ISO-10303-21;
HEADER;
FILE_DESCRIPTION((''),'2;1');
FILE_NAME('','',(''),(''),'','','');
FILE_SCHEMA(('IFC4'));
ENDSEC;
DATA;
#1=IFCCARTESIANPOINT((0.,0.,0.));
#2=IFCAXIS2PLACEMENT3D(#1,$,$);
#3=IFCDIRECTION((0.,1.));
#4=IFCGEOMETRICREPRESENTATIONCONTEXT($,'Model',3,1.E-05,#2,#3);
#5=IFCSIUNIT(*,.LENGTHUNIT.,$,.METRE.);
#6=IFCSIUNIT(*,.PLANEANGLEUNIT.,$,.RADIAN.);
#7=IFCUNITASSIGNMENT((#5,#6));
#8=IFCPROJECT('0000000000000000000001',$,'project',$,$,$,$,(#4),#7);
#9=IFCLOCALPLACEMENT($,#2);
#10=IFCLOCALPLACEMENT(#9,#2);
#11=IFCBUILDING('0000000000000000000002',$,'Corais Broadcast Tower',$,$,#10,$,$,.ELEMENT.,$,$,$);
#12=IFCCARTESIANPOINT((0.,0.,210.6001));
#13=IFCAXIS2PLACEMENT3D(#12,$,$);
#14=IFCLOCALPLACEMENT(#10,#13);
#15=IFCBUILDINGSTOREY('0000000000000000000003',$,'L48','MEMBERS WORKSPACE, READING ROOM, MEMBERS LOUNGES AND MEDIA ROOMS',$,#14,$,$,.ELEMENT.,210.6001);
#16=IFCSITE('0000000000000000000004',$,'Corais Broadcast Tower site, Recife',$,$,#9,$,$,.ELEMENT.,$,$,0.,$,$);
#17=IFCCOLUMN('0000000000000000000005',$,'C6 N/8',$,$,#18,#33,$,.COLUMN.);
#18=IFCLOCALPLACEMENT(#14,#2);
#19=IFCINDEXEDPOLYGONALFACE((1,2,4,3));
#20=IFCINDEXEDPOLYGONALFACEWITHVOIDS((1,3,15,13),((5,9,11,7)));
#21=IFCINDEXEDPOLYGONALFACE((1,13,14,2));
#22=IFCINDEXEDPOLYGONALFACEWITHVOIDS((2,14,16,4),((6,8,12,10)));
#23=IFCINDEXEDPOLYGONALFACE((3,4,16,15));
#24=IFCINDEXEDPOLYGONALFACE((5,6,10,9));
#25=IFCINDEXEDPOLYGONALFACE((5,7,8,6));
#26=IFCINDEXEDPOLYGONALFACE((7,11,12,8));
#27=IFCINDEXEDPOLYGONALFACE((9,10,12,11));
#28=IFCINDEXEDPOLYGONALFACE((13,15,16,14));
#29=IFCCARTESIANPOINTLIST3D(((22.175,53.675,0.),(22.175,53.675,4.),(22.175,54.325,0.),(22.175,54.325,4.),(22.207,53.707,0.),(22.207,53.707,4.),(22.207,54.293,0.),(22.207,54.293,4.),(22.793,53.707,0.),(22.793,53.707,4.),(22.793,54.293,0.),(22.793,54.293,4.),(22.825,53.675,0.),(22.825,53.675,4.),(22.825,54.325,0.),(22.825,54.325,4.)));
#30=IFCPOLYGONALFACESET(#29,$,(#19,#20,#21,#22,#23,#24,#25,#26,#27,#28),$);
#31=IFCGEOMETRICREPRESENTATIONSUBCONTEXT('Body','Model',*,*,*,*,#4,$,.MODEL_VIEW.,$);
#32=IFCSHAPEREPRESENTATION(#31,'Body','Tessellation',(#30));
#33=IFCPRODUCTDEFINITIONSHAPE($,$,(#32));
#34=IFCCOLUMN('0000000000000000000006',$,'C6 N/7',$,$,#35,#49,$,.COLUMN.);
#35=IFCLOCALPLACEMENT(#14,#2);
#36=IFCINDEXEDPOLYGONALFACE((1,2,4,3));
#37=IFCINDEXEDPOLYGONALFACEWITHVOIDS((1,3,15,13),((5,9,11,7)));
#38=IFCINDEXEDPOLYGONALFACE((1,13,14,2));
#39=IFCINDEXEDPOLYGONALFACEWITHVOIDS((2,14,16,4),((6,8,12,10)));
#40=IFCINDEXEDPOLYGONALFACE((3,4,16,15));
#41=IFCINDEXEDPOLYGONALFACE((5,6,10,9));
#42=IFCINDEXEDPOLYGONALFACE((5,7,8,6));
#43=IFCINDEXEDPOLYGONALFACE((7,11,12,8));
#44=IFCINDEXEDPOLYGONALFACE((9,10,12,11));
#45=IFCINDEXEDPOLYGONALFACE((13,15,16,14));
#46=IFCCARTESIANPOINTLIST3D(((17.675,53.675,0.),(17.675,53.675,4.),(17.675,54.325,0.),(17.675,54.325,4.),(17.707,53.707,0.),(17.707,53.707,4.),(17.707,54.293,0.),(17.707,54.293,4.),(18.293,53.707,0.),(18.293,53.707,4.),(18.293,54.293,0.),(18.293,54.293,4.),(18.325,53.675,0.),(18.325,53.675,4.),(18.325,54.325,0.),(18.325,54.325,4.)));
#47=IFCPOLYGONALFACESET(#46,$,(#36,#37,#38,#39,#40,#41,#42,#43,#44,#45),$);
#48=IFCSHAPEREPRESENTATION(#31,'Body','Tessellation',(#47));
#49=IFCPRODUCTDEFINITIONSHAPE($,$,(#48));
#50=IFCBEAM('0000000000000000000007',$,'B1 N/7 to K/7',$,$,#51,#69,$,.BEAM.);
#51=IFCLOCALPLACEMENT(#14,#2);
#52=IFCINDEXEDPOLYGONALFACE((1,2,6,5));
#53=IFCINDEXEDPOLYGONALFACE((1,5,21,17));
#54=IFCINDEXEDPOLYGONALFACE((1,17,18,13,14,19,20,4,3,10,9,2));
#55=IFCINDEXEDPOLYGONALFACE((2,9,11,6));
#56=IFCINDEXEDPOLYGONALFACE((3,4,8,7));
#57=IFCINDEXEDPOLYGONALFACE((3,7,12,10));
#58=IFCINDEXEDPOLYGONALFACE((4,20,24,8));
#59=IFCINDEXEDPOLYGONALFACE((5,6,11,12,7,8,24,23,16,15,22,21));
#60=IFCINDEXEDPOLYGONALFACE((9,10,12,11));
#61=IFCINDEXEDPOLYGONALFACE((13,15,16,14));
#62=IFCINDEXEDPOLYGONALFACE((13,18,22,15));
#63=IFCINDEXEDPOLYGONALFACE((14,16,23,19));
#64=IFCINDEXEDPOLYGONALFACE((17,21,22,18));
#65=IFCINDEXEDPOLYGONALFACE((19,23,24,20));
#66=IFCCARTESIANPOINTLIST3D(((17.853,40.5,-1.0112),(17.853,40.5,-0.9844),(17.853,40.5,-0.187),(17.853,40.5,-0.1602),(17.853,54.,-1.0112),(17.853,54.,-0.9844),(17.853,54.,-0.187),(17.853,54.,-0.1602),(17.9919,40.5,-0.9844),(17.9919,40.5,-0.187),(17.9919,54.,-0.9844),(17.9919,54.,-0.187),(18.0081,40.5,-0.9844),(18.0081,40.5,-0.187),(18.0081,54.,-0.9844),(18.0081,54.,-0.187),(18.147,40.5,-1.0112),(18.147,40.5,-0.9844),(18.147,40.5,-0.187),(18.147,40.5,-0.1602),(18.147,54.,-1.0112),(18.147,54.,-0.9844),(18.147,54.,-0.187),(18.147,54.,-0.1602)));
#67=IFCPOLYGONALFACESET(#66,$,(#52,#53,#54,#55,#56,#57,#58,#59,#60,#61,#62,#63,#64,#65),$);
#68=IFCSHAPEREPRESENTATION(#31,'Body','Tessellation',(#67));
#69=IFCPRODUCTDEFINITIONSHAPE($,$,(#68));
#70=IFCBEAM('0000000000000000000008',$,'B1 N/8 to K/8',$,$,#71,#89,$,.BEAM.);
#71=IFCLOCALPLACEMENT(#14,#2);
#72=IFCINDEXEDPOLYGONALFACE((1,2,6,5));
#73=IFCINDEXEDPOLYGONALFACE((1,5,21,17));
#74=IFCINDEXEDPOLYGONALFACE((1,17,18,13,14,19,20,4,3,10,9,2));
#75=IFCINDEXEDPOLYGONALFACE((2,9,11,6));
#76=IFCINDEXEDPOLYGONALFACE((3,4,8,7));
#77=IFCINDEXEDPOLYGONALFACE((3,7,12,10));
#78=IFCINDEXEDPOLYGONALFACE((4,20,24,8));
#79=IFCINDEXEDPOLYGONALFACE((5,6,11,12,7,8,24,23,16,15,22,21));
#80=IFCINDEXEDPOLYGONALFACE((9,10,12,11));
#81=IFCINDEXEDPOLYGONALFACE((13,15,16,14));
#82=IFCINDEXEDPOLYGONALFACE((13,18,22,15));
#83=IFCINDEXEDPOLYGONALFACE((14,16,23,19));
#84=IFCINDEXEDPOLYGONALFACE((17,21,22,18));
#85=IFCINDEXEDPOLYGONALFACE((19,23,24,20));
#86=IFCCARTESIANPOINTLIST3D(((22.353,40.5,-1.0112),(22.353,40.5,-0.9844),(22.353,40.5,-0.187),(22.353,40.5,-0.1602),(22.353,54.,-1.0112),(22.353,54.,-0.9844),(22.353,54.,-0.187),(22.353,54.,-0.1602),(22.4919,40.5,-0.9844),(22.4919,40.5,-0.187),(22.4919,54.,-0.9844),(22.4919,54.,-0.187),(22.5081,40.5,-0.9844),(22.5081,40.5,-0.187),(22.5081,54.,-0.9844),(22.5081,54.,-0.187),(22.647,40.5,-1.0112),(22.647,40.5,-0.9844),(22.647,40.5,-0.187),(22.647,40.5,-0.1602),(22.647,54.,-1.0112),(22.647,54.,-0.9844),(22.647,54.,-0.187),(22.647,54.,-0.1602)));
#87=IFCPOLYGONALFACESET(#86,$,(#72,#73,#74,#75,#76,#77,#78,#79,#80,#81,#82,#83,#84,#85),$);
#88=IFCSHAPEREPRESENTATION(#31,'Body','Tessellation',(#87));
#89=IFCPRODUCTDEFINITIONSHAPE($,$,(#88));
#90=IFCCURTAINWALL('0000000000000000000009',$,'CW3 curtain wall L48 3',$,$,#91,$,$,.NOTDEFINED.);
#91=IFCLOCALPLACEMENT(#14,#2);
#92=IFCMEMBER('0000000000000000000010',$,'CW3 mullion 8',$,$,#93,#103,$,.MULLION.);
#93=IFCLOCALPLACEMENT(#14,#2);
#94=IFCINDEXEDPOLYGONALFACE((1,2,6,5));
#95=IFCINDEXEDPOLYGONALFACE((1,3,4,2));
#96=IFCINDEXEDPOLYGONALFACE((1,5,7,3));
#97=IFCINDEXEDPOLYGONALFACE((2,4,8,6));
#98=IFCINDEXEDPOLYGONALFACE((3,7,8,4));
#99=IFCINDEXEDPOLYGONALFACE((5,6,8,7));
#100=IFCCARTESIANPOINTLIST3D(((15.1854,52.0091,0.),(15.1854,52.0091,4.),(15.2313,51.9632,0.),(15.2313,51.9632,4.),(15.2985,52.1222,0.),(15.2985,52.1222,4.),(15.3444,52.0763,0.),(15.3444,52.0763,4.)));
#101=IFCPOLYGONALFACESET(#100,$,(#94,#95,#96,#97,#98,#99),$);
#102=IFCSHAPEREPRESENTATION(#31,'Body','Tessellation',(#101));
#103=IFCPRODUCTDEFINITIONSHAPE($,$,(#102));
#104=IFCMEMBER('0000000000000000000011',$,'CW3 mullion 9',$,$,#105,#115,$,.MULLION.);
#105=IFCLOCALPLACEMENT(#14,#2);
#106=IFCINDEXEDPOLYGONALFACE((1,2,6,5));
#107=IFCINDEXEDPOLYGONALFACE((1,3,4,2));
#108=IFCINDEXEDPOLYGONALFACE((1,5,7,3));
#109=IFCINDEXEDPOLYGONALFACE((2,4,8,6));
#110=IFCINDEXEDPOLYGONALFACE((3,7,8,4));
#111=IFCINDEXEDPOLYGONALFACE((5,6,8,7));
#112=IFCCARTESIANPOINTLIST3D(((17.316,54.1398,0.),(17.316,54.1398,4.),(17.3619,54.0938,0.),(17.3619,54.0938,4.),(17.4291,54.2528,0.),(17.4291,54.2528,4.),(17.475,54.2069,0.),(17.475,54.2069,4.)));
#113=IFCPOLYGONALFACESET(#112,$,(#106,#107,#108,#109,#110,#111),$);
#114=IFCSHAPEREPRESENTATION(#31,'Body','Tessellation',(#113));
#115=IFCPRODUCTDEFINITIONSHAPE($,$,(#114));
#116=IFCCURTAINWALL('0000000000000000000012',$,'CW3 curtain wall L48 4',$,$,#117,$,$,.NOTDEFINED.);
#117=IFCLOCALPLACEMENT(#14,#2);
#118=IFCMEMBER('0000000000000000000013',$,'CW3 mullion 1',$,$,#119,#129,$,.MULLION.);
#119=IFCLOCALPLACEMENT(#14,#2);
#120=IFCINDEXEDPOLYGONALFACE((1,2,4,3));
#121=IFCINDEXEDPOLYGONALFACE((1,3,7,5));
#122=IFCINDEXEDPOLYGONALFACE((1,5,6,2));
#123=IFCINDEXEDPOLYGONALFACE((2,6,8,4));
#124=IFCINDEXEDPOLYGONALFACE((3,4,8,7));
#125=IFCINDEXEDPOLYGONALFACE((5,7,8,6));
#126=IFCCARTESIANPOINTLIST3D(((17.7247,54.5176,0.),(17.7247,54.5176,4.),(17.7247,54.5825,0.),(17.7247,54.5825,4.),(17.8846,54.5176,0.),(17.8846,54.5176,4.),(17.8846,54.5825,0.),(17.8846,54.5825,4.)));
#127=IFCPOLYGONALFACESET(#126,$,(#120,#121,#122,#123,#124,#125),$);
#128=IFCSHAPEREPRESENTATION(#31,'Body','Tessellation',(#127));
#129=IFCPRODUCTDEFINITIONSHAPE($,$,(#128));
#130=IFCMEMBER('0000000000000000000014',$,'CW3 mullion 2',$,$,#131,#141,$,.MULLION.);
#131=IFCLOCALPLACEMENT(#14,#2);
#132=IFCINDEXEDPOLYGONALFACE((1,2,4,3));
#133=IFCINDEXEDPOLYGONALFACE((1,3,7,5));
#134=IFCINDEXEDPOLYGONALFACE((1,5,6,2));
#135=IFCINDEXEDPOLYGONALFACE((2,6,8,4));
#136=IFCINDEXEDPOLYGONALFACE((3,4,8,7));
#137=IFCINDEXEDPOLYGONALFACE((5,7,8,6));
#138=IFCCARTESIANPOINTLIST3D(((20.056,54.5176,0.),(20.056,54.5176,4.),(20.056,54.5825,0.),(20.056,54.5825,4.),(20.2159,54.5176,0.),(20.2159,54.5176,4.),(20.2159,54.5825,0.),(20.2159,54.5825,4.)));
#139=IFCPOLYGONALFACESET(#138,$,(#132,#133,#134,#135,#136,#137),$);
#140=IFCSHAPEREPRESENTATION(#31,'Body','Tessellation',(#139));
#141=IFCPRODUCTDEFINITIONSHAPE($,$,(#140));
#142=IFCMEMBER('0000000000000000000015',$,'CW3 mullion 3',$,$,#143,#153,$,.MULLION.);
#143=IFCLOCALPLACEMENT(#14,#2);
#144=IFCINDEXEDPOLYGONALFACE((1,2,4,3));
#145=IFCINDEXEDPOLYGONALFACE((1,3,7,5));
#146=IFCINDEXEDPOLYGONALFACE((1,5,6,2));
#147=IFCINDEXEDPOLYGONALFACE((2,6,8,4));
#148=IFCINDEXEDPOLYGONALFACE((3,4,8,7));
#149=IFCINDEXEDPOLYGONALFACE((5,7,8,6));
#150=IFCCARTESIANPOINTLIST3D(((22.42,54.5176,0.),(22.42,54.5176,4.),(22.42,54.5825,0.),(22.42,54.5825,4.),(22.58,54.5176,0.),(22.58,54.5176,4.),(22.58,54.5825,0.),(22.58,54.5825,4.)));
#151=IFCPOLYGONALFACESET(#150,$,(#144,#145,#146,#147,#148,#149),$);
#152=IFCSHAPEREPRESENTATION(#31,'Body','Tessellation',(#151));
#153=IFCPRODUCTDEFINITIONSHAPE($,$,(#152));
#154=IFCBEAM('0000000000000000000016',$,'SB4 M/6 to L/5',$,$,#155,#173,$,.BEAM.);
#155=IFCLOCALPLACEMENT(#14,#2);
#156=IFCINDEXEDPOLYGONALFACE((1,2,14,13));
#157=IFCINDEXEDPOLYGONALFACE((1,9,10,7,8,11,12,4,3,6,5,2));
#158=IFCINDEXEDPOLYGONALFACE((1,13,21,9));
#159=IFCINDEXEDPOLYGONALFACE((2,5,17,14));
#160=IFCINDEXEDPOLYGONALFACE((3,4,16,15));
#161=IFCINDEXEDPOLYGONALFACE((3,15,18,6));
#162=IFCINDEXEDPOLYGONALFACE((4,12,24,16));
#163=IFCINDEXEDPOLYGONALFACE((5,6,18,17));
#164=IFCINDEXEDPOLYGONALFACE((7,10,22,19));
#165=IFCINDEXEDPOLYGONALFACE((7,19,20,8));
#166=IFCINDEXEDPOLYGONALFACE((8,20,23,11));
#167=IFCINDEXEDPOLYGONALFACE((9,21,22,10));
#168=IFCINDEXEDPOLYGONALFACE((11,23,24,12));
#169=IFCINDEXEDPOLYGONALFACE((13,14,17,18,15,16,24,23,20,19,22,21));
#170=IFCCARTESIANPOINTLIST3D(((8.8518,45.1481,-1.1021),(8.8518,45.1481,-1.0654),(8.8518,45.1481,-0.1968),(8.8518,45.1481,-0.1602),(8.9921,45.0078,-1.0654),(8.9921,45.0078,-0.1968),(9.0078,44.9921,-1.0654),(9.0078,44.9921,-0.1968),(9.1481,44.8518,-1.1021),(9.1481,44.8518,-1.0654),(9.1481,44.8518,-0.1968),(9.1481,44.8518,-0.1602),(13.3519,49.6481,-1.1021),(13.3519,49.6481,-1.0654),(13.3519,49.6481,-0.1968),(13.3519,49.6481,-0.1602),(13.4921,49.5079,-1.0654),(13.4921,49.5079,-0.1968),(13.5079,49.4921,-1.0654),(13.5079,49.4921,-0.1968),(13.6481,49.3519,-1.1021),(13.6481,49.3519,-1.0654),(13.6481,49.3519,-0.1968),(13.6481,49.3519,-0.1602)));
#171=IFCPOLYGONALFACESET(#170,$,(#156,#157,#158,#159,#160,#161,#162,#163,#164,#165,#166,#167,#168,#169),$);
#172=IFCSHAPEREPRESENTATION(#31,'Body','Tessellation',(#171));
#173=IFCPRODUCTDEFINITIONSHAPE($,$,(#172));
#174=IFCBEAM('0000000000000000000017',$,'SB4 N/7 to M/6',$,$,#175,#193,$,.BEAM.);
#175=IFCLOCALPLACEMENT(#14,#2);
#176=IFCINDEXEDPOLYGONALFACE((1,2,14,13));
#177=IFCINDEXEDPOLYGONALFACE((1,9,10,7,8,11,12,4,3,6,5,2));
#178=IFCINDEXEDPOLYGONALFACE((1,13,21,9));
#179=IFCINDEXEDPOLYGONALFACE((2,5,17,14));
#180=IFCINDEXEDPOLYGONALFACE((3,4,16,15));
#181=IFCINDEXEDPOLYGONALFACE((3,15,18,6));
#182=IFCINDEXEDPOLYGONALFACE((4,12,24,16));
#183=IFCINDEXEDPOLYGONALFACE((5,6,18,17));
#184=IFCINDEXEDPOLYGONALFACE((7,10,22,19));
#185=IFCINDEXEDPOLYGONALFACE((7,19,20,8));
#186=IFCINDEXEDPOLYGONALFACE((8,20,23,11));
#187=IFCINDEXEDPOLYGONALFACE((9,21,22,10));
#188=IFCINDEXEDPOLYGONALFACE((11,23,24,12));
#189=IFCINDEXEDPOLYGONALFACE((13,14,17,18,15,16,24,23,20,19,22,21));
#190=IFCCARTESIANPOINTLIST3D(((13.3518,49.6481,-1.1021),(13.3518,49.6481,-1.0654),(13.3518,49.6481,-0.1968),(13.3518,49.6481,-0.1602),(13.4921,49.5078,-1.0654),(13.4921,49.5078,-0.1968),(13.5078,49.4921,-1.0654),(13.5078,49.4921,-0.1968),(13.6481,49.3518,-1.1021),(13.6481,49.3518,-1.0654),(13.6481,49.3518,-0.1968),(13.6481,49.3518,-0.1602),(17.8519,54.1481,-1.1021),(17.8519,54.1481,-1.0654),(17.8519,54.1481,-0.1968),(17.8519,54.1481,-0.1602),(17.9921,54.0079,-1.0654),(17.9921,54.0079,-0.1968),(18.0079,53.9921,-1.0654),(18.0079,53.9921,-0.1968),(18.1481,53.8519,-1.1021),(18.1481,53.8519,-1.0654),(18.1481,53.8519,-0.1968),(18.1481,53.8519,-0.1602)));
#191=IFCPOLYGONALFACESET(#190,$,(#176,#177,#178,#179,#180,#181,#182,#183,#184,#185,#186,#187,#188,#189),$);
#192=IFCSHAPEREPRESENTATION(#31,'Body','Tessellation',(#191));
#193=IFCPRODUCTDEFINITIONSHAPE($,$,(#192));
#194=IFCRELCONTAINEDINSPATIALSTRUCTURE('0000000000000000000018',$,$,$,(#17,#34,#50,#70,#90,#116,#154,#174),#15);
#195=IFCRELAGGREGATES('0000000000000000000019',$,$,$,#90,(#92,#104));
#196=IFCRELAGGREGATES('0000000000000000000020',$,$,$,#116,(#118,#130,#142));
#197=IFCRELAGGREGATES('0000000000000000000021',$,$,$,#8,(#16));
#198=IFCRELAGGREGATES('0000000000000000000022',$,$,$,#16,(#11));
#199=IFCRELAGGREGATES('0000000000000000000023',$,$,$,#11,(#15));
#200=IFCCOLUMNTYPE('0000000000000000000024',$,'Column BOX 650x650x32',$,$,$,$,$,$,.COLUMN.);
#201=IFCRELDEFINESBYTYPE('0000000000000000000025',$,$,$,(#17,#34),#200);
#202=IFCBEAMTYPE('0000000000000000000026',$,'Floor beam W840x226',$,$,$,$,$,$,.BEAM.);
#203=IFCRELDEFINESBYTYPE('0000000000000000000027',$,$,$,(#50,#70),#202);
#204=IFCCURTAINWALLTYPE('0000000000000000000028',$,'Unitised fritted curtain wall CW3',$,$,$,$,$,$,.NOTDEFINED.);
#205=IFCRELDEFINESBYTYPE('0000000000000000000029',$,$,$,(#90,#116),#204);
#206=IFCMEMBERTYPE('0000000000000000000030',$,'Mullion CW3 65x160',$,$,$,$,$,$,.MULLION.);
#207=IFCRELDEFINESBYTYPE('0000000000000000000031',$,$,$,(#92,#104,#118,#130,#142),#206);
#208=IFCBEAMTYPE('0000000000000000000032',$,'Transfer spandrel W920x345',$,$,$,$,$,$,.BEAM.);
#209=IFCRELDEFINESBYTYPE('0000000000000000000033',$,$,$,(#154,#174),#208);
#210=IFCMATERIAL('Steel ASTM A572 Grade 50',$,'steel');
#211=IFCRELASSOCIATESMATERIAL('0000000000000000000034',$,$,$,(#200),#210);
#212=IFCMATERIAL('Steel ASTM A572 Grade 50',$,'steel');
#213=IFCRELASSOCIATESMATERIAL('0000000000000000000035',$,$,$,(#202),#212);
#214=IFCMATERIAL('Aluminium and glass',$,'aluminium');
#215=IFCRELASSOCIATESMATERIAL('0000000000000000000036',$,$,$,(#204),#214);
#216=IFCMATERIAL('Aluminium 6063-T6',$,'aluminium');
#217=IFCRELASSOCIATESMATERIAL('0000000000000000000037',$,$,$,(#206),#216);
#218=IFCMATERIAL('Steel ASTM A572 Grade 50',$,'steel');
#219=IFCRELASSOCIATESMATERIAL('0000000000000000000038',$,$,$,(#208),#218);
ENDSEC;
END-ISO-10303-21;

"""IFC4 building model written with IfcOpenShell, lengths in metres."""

from ifc_helpers import new_model, si_unit, direction, frame, origin, origin_2d, place, context, subcontext, project, spatial, rectangle, hollow_rectangle, i_section, extrude, material, material_profile, profile_set, type_object, element, aggregate, save


model = new_model("IFC4")

# Units and contexts
model_context = context("Model", 3, precision=1e-05, world=origin(), true_north=direction((0.0, 1.0)))
body_context = subcontext(model_context, "Body", "Model", "MODEL_VIEW")
ifc_project = project(units=[si_unit("LENGTHUNIT", "METRE"), si_unit("PLANEANGLEUNIT", "RADIAN")], contexts=[model_context])

# Site, building, storey
site_placement = place(None, origin())
site = spatial("IfcSite", under=ifc_project, at=site_placement, Name="Corais Broadcast Tower site, Recife", CompositionType="ELEMENT", RefElevation=0.0)
building_placement = place(site_placement, origin())
building = spatial("IfcBuilding", under=site, at=building_placement, Name="Corais Broadcast Tower", CompositionType="ELEMENT")
storey_placement = place(building_placement, frame((0.0, 0.0, 210.6001)))
storey = spatial("IfcBuildingStorey", under=building, at=storey_placement, Name="L48", Description="MEMBERS WORKSPACE, READING ROOM, MEMBERS LOUNGES AND MEDIA ROOMS", CompositionType="ELEMENT", Elevation=210.6001)

# Columns
ifc_material_1 = material(Name="Steel ASTM A572 Grade 50", Category="steel")
ifc_material_profile_1 = material_profile(ifc_material_1, hollow_rectangle(XDim=0.6499, YDim=0.6499, WallThickness=0.032, at=origin_2d()), Name="BOX 650x650x32")
ifc_profile_set_1 = profile_set([ifc_material_profile_1], Name="Steel ASTM A572 Grade 50")
column_type = type_object("IfcColumnType", Name="Column BOX 650x650x32", PredefinedType="COLUMN", material=ifc_profile_set_1)
for number, where, z_axis, x_axis, name in (
    (1, (22.5, 54.0, 0.0), (0.0, 0.0, 1.0), (1.0, 0.0, 0.0), "C6 N/8"),
    (2, (18.0, 54.0, 0.0), (0.0, 0.0, 1.0), (1.0, 0.0, 0.0), "C6 N/7"),
):
    element("IfcColumn", number, at=place(storey_placement, frame(where, z_axis=z_axis, x_axis=x_axis)), inside=storey, type_object=column_type, Name=name, PredefinedType="COLUMN", context=body_context, shape_type="SweptSolid", body=[
        extrude(hollow_rectangle(XDim=0.6499, YDim=0.6499, WallThickness=0.032, at=origin_2d()), origin(), (0.0, 0.0, 1.0), 4.0),
    ])

# Beams
ifc_material_2 = material(Name="Steel ASTM A572 Grade 50", Category="steel")
ifc_material_profile_2 = material_profile(ifc_material_2, i_section(OverallWidth=0.2939, OverallDepth=0.8511, WebThickness=0.0161, FlangeThickness=0.0269, at=origin_2d()), Name="W840x226")
ifc_profile_set_2 = profile_set([ifc_material_profile_2], Name="Steel ASTM A572 Grade 50")
beam_type_1 = type_object("IfcBeamType", Name="Floor beam W840x226", PredefinedType="BEAM", material=ifc_profile_set_2)
for number, where, z_axis, x_axis, name in (
    (3, (18.0, 54.0, -0.5857), (0.0, -1.0, 0.0), (1.0, 0.0, 0.0), "B1 N/7 to K/7"),
    (4, (22.5, 54.0, -0.5857), (0.0, -1.0, 0.0), (1.0, 0.0, 0.0), "B1 N/8 to K/8"),
):
    element("IfcBeam", number, at=place(storey_placement, frame(where, z_axis=z_axis, x_axis=x_axis)), inside=storey, type_object=beam_type_1, Name=name, PredefinedType="BEAM", context=body_context, shape_type="SweptSolid", body=[
        extrude(i_section(OverallWidth=0.2939, OverallDepth=0.8511, WebThickness=0.0161, FlangeThickness=0.0269, at=origin_2d()), origin(), (0.0, 0.0, 1.0), 13.5),
    ])

# Curtain walls, members
ifc_material_3 = material(Name="Aluminium and glass", Category="aluminium")
curtain_wall_type = type_object("IfcCurtainWallType", Name="Unitised fritted curtain wall CW3", PredefinedType="NOTDEFINED", material=ifc_material_3)
curtain_wall_1_placement = place(storey_placement, origin())
curtain_wall_1 = element("IfcCurtainWall", 5, at=curtain_wall_1_placement, inside=storey, type_object=curtain_wall_type, Name="CW3 curtain wall L48 3", PredefinedType="NOTDEFINED")
ifc_material_4 = material(Name="Aluminium 6063-T6", Category="aluminium")
ifc_material_profile_3 = material_profile(ifc_material_4, rectangle(XDim=0.0649, YDim=0.1599, at=origin_2d()), Name="Mullion CW3 65x160")
ifc_profile_set_3 = profile_set([ifc_material_profile_3], Name="Aluminium 6063-T6")
member_type_1 = type_object("IfcMemberType", Name="Mullion CW3 65x160", PredefinedType="MULLION", material=ifc_profile_set_3)
member_1_placement = place(storey_placement, frame((15.2649, 52.0427, 0.0), z_axis=(0.0, 0.0, 1.0), x_axis=(-0.707107, 0.707107, 0.0)))
member_1 = element("IfcMember", 6, at=member_1_placement, type_object=member_type_1, Name="CW3 mullion 8", PredefinedType="MULLION", context=body_context, shape_type="SweptSolid", body=[
    extrude(rectangle(XDim=0.0649, YDim=0.1599, at=origin_2d()), origin(), (0.0, 0.0, 1.0), 4.0),
])
member_2_placement = place(storey_placement, frame((17.3955, 54.1733, 0.0), z_axis=(0.0, 0.0, 1.0), x_axis=(-0.707107, 0.707107, 0.0)))
member_2 = element("IfcMember", 7, at=member_2_placement, type_object=member_type_1, Name="CW3 mullion 9", PredefinedType="MULLION", context=body_context, shape_type="SweptSolid", body=[
    extrude(rectangle(XDim=0.0649, YDim=0.1599, at=origin_2d()), origin(), (0.0, 0.0, 1.0), 4.0),
])
curtain_wall_2_placement = place(storey_placement, origin())
curtain_wall_2 = element("IfcCurtainWall", 8, at=curtain_wall_2_placement, inside=storey, type_object=curtain_wall_type, Name="CW3 curtain wall L48 4", PredefinedType="NOTDEFINED")
member_3_placement = place(storey_placement, frame((17.8047, 54.55, 0.0), z_axis=(0.0, 0.0, 1.0), x_axis=(0.0, 1.0, 0.0)))
member_3 = element("IfcMember", 9, at=member_3_placement, type_object=member_type_1, Name="CW3 mullion 1", PredefinedType="MULLION", context=body_context, shape_type="SweptSolid", body=[
    extrude(rectangle(XDim=0.0649, YDim=0.1599, at=origin_2d()), origin(), (0.0, 0.0, 1.0), 4.0),
])
member_4_placement = place(storey_placement, frame((20.136, 54.55, 0.0), z_axis=(0.0, 0.0, 1.0), x_axis=(0.0, 1.0, 0.0)))
member_4 = element("IfcMember", 10, at=member_4_placement, type_object=member_type_1, Name="CW3 mullion 2", PredefinedType="MULLION", context=body_context, shape_type="SweptSolid", body=[
    extrude(rectangle(XDim=0.0649, YDim=0.1599, at=origin_2d()), origin(), (0.0, 0.0, 1.0), 4.0),
])
member_5_placement = place(storey_placement, frame((22.5, 54.55, 0.0), z_axis=(0.0, 0.0, 1.0), x_axis=(0.0, 1.0, 0.0)))
member_5 = element("IfcMember", 11, at=member_5_placement, type_object=member_type_1, Name="CW3 mullion 3", PredefinedType="MULLION", context=body_context, shape_type="SweptSolid", body=[
    extrude(rectangle(XDim=0.0649, YDim=0.1599, at=origin_2d()), origin(), (0.0, 0.0, 1.0), 4.0),
])

# Beams
ifc_material_5 = material(Name="Steel ASTM A572 Grade 50", Category="steel")
ifc_material_profile_4 = material_profile(ifc_material_5, i_section(OverallWidth=0.4189, OverallDepth=0.9419, WebThickness=0.0222, FlangeThickness=0.0366, at=origin_2d()), Name="W920x345")
ifc_profile_set_4 = profile_set([ifc_material_profile_4], Name="Steel ASTM A572 Grade 50")
beam_type_2 = type_object("IfcBeamType", Name="Transfer spandrel W920x345", PredefinedType="BEAM", material=ifc_profile_set_4)
for number, where, z_axis, x_axis, name in (
    (12, (13.5, 49.5, -0.6311), (-0.707107, -0.707107, 0.0), (0.707107, -0.707107, 0.0), "SB4 M/6 to L/5"),
    (13, (18.0, 54.0, -0.6311), (-0.707107, -0.707107, 0.0), (0.707107, -0.707107, 0.0), "SB4 N/7 to M/6"),
):
    element("IfcBeam", number, at=place(storey_placement, frame(where, z_axis=z_axis, x_axis=x_axis)), inside=storey, type_object=beam_type_2, Name=name, PredefinedType="BEAM", context=body_context, shape_type="SweptSolid", body=[
        extrude(i_section(OverallWidth=0.4189, OverallDepth=0.9419, WebThickness=0.0222, FlangeThickness=0.0366, at=origin_2d()), origin(), (0.0, 0.0, 1.0), 6.364),
    ])

aggregate(curtain_wall_1, [member_1, member_2])
aggregate(curtain_wall_2, [member_3, member_4, member_5])

save(model, "model.ifc")
